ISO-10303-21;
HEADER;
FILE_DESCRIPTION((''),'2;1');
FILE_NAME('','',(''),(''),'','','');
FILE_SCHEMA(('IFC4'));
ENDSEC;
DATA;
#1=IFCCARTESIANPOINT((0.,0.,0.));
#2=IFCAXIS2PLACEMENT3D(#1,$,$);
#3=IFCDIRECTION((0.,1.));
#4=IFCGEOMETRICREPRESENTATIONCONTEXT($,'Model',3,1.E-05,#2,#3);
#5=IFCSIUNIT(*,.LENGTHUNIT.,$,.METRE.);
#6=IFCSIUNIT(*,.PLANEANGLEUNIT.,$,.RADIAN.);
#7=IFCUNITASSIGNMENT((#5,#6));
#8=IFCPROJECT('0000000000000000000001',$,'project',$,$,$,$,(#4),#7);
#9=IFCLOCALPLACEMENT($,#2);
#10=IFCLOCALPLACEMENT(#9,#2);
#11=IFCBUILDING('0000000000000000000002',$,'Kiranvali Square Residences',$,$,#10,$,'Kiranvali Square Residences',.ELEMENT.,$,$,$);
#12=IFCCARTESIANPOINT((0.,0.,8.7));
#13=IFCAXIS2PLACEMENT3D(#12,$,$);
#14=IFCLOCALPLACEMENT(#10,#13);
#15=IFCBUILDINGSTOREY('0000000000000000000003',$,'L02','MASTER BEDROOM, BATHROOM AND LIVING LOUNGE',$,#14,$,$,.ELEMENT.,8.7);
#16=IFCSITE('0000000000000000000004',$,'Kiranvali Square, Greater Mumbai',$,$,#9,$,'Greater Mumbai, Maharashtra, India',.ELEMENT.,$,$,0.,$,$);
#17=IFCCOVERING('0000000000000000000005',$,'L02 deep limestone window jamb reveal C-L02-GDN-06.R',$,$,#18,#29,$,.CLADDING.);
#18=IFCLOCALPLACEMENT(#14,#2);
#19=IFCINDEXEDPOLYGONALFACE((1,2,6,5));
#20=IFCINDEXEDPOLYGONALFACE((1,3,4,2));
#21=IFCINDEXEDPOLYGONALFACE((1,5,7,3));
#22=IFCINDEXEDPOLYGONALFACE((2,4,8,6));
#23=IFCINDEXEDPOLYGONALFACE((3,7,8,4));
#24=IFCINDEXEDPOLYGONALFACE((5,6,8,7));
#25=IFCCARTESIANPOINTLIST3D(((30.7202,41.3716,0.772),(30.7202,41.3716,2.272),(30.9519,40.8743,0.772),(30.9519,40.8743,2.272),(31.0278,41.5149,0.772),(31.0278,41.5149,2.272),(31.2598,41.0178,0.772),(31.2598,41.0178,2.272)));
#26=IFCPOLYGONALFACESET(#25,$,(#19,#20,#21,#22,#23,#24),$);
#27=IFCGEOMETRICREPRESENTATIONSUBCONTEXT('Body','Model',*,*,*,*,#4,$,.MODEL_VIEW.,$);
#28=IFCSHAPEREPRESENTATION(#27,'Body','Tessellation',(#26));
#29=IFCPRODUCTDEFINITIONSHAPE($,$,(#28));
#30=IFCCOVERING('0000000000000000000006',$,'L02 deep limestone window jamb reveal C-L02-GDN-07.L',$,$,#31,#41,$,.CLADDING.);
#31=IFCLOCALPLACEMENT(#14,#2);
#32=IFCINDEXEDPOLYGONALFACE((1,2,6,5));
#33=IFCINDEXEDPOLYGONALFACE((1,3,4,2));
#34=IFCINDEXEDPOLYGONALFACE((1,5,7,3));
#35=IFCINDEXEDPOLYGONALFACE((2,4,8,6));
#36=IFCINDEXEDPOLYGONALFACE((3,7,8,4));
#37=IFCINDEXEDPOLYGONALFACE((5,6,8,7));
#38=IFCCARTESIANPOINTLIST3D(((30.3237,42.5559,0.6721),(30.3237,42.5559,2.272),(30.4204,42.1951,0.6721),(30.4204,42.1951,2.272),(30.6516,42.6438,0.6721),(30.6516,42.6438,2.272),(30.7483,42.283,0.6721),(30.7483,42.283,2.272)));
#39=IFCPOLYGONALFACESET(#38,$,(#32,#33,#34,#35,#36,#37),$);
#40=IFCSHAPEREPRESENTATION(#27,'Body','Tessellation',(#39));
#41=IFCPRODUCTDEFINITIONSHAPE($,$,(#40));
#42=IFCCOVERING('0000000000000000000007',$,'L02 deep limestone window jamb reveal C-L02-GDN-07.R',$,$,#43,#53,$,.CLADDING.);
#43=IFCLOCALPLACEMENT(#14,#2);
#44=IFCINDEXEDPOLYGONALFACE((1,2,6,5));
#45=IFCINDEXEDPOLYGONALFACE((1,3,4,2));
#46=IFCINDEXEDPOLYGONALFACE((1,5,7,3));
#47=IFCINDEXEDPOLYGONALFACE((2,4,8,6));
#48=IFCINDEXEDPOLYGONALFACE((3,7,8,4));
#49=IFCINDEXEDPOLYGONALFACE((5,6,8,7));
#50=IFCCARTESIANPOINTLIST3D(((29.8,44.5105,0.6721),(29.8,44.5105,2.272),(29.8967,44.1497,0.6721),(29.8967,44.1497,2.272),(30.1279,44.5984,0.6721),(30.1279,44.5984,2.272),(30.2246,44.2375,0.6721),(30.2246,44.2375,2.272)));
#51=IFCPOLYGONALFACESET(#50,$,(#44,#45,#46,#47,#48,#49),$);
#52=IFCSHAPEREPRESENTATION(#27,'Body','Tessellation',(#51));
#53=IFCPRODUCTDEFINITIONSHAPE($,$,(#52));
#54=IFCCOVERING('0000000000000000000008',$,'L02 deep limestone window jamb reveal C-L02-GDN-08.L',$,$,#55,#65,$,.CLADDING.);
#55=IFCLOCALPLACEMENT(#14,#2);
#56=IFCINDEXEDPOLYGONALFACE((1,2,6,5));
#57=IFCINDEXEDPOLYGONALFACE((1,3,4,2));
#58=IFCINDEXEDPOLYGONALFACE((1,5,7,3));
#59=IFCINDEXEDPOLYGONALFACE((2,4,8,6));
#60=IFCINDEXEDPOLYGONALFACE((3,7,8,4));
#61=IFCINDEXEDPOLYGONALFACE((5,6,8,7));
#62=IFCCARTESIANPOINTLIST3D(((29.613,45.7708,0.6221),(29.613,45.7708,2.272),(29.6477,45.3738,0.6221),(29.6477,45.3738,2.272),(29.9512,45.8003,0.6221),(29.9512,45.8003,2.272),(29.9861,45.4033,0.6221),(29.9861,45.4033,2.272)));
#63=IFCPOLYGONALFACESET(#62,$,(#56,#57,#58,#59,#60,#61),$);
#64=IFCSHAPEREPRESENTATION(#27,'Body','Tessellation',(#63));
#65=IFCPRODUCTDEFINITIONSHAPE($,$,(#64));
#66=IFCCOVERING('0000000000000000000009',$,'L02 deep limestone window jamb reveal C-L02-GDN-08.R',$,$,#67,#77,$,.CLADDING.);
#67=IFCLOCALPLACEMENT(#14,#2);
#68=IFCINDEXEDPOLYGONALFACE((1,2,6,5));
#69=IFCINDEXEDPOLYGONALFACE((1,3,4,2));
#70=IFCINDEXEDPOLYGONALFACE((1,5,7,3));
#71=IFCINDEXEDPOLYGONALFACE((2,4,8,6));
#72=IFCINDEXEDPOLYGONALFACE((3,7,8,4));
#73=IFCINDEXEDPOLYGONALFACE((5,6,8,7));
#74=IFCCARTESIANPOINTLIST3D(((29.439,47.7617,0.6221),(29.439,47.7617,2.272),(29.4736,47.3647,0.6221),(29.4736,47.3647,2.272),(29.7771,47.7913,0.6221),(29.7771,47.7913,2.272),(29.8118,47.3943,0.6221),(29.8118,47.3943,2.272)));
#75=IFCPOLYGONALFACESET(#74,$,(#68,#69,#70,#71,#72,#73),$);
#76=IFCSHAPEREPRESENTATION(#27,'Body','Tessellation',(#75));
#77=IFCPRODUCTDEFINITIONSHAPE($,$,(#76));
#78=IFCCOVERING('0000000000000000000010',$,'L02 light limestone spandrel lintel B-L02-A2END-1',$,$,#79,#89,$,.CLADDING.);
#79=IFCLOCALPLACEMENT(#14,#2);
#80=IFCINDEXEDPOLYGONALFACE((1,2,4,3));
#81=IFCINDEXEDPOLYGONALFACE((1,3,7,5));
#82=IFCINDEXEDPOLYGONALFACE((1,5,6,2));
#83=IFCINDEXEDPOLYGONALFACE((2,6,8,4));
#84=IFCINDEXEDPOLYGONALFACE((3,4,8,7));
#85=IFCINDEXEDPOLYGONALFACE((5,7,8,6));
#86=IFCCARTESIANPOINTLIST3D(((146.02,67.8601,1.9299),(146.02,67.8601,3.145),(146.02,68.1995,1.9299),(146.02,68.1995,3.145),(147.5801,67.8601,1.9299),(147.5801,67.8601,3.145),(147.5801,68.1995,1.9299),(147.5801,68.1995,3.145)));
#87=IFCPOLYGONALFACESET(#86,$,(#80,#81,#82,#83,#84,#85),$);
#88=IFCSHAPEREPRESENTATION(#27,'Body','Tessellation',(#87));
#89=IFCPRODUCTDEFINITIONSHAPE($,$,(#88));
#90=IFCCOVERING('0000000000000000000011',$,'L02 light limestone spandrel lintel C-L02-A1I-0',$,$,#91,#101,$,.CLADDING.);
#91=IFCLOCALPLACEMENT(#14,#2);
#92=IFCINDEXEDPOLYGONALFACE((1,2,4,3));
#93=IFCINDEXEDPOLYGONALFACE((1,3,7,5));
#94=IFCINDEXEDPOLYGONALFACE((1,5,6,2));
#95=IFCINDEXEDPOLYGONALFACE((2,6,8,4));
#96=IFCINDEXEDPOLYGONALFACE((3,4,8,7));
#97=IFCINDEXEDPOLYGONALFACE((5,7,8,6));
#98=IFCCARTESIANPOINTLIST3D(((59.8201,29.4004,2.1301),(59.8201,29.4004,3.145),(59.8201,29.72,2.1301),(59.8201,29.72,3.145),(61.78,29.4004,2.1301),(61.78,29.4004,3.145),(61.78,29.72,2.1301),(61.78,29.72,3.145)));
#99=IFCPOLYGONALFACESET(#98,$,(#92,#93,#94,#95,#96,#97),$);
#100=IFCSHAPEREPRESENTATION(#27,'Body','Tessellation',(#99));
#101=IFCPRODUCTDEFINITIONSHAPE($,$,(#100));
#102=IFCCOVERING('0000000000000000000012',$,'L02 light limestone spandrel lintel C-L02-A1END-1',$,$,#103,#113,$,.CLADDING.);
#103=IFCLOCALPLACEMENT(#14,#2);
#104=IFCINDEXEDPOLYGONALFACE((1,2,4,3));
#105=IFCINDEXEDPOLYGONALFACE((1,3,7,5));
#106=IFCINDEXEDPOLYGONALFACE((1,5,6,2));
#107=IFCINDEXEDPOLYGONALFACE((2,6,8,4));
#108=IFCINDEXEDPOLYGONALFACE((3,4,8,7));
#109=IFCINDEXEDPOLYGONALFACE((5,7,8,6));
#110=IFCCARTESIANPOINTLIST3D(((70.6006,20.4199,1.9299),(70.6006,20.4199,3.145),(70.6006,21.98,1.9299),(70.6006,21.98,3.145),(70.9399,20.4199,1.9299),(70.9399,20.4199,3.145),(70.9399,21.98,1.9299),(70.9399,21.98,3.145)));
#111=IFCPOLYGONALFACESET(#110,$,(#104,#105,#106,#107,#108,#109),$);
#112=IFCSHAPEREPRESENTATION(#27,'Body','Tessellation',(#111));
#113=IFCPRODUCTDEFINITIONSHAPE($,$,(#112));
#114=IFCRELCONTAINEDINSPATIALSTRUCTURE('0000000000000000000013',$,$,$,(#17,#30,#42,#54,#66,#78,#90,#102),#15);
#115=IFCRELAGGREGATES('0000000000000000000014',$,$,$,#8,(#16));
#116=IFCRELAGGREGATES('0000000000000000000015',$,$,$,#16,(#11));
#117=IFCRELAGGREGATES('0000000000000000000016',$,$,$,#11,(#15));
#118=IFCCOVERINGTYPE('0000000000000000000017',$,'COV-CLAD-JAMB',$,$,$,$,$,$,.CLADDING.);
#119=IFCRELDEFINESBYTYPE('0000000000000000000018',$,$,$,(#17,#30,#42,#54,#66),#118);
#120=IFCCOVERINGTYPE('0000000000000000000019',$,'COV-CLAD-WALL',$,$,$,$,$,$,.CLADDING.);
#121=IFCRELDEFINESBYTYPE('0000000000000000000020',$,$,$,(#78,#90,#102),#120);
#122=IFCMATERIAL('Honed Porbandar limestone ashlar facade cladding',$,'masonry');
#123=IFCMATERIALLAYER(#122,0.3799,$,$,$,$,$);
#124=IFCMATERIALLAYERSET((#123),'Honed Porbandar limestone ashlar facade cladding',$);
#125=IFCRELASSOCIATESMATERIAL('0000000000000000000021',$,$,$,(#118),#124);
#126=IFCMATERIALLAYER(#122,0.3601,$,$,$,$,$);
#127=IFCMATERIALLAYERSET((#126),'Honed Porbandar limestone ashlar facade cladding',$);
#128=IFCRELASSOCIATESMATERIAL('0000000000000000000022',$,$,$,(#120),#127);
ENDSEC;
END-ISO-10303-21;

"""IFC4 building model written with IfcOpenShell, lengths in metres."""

from ifc_helpers import new_model, si_unit, direction, frame, origin, place, context, subcontext, project, spatial, polyline, outline, extrude, material, layer, layer_set, type_object, element, save


model = new_model("IFC4")

# Units and contexts
model_context = context("Model", 3, precision=1e-05, world=origin(), true_north=direction((0.0, 1.0)))
body_context = subcontext(model_context, "Body", "Model", "MODEL_VIEW")
ifc_project = project(units=[si_unit("LENGTHUNIT", "METRE"), si_unit("PLANEANGLEUNIT", "RADIAN")], contexts=[model_context])

# Site, building, storey
site_placement = place(None, origin())
site = spatial("IfcSite", under=ifc_project, at=site_placement, Name="Kiranvali Square, Greater Mumbai", LongName="Greater Mumbai, Maharashtra, India", CompositionType="ELEMENT", RefElevation=0.0)
building_placement = place(site_placement, origin())
building = spatial("IfcBuilding", under=site, at=building_placement, Name="Kiranvali Square Residences", LongName="Kiranvali Square Residences", CompositionType="ELEMENT")
storey_placement = place(building_placement, frame((0.0, 0.0, 8.7)))
storey = spatial("IfcBuildingStorey", under=building, at=storey_placement, Name="L02", Description="MASTER BEDROOM, BATHROOM AND LIVING LOUNGE", CompositionType="ELEMENT", Elevation=8.7)

# Coverings
ifc_material = material(Name="Honed Porbandar limestone ashlar facade cladding", Category="masonry")
ifc_layer_1 = layer(ifc_material, 0.3799)
ifc_layer_set_1 = layer_set([ifc_layer_1], Name="Honed Porbandar limestone ashlar facade cladding")
covering_type_1 = type_object("IfcCoveringType", Name="COV-CLAD-JAMB", PredefinedType="CLADDING", material=ifc_layer_set_1)
covering_1_placement = place(storey_placement, frame((0.0, 0.0, 0.772)))
element("IfcCovering", 1, at=covering_1_placement, inside=storey, type_object=covering_type_1, Name="L02 deep limestone window jamb reveal C-L02-GDN-06.R", PredefinedType="CLADDING", context=body_context, shape_type="SweptSolid", body=[
    extrude(outline(polyline([(31.2598, 41.0178), (31.0278, 41.5149), (30.7202, 41.3716), (30.9519, 40.8743), (31.2598, 41.0178)])), origin(), (0.0, 0.0, 1.0), 1.5),
])
covering_2_placement = place(storey_placement, frame((0.0, 0.0, 0.6721)))
element("IfcCovering", 2, at=covering_2_placement, inside=storey, type_object=covering_type_1, Name="L02 deep limestone window jamb reveal C-L02-GDN-07.L", PredefinedType="CLADDING", context=body_context, shape_type="SweptSolid", body=[
    extrude(outline(polyline([(30.7483, 42.283), (30.6516, 42.6438), (30.3237, 42.5559), (30.4204, 42.1951), (30.7483, 42.283)])), origin(), (0.0, 0.0, 1.0), 1.5999),
])
covering_3_placement = place(storey_placement, frame((0.0, 0.0, 0.6721)))
element("IfcCovering", 3, at=covering_3_placement, inside=storey, type_object=covering_type_1, Name="L02 deep limestone window jamb reveal C-L02-GDN-07.R", PredefinedType="CLADDING", context=body_context, shape_type="SweptSolid", body=[
    extrude(outline(polyline([(30.2246, 44.2375), (30.1279, 44.5984), (29.8, 44.5105), (29.8967, 44.1497), (30.2246, 44.2375)])), origin(), (0.0, 0.0, 1.0), 1.5999),
])
covering_4_placement = place(storey_placement, frame((0.0, 0.0, 0.6221)))
element("IfcCovering", 4, at=covering_4_placement, inside=storey, type_object=covering_type_1, Name="L02 deep limestone window jamb reveal C-L02-GDN-08.L", PredefinedType="CLADDING", context=body_context, shape_type="SweptSolid", body=[
    extrude(outline(polyline([(29.9861, 45.4033), (29.9512, 45.8003), (29.613, 45.7708), (29.6477, 45.3738), (29.9861, 45.4033)])), origin(), (0.0, 0.0, 1.0), 1.6499),
])
covering_5_placement = place(storey_placement, frame((0.0, 0.0, 0.6221)))
element("IfcCovering", 5, at=covering_5_placement, inside=storey, type_object=covering_type_1, Name="L02 deep limestone window jamb reveal C-L02-GDN-08.R", PredefinedType="CLADDING", context=body_context, shape_type="SweptSolid", body=[
    extrude(outline(polyline([(29.8118, 47.3943), (29.7771, 47.7913), (29.439, 47.7617), (29.4736, 47.3647), (29.8118, 47.3943)])), origin(), (0.0, 0.0, 1.0), 1.6499),
])
ifc_layer_2 = layer(ifc_material, 0.3601)
ifc_layer_set_2 = layer_set([ifc_layer_2], Name="Honed Porbandar limestone ashlar facade cladding")
covering_type_2 = type_object("IfcCoveringType", Name="COV-CLAD-WALL", PredefinedType="CLADDING", material=ifc_layer_set_2)
covering_6_placement = place(storey_placement, frame((0.0, 0.0, 1.9299)))
element("IfcCovering", 6, at=covering_6_placement, inside=storey, type_object=covering_type_2, Name="L02 light limestone spandrel lintel B-L02-A2END-1", PredefinedType="CLADDING", context=body_context, shape_type="SweptSolid", body=[
    extrude(outline(polyline([(146.02, 67.8601), (147.5801, 67.8601), (147.5801, 68.1995), (146.02, 68.1995), (146.02, 67.8601)])), origin(), (0.0, 0.0, 1.0), 1.2151),
])
covering_7_placement = place(storey_placement, frame((0.0, 0.0, 2.1301)))
element("IfcCovering", 7, at=covering_7_placement, inside=storey, type_object=covering_type_2, Name="L02 light limestone spandrel lintel C-L02-A1I-0", PredefinedType="CLADDING", context=body_context, shape_type="SweptSolid", body=[
    extrude(outline(polyline([(59.8201, 29.4004), (61.78, 29.4004), (61.78, 29.72), (59.8201, 29.72), (59.8201, 29.4004)])), origin(), (0.0, 0.0, 1.0), 1.0149),
])
covering_8_placement = place(storey_placement, frame((0.0, 0.0, 1.9299)))
element("IfcCovering", 8, at=covering_8_placement, inside=storey, type_object=covering_type_2, Name="L02 light limestone spandrel lintel C-L02-A1END-1", PredefinedType="CLADDING", context=body_context, shape_type="SweptSolid", body=[
    extrude(outline(polyline([(70.6006, 21.98), (70.6006, 20.4199), (70.9399, 20.4199), (70.9399, 21.98), (70.6006, 21.98)])), origin(), (0.0, 0.0, 1.0), 1.2151),
])

save(model, "model.ifc")
